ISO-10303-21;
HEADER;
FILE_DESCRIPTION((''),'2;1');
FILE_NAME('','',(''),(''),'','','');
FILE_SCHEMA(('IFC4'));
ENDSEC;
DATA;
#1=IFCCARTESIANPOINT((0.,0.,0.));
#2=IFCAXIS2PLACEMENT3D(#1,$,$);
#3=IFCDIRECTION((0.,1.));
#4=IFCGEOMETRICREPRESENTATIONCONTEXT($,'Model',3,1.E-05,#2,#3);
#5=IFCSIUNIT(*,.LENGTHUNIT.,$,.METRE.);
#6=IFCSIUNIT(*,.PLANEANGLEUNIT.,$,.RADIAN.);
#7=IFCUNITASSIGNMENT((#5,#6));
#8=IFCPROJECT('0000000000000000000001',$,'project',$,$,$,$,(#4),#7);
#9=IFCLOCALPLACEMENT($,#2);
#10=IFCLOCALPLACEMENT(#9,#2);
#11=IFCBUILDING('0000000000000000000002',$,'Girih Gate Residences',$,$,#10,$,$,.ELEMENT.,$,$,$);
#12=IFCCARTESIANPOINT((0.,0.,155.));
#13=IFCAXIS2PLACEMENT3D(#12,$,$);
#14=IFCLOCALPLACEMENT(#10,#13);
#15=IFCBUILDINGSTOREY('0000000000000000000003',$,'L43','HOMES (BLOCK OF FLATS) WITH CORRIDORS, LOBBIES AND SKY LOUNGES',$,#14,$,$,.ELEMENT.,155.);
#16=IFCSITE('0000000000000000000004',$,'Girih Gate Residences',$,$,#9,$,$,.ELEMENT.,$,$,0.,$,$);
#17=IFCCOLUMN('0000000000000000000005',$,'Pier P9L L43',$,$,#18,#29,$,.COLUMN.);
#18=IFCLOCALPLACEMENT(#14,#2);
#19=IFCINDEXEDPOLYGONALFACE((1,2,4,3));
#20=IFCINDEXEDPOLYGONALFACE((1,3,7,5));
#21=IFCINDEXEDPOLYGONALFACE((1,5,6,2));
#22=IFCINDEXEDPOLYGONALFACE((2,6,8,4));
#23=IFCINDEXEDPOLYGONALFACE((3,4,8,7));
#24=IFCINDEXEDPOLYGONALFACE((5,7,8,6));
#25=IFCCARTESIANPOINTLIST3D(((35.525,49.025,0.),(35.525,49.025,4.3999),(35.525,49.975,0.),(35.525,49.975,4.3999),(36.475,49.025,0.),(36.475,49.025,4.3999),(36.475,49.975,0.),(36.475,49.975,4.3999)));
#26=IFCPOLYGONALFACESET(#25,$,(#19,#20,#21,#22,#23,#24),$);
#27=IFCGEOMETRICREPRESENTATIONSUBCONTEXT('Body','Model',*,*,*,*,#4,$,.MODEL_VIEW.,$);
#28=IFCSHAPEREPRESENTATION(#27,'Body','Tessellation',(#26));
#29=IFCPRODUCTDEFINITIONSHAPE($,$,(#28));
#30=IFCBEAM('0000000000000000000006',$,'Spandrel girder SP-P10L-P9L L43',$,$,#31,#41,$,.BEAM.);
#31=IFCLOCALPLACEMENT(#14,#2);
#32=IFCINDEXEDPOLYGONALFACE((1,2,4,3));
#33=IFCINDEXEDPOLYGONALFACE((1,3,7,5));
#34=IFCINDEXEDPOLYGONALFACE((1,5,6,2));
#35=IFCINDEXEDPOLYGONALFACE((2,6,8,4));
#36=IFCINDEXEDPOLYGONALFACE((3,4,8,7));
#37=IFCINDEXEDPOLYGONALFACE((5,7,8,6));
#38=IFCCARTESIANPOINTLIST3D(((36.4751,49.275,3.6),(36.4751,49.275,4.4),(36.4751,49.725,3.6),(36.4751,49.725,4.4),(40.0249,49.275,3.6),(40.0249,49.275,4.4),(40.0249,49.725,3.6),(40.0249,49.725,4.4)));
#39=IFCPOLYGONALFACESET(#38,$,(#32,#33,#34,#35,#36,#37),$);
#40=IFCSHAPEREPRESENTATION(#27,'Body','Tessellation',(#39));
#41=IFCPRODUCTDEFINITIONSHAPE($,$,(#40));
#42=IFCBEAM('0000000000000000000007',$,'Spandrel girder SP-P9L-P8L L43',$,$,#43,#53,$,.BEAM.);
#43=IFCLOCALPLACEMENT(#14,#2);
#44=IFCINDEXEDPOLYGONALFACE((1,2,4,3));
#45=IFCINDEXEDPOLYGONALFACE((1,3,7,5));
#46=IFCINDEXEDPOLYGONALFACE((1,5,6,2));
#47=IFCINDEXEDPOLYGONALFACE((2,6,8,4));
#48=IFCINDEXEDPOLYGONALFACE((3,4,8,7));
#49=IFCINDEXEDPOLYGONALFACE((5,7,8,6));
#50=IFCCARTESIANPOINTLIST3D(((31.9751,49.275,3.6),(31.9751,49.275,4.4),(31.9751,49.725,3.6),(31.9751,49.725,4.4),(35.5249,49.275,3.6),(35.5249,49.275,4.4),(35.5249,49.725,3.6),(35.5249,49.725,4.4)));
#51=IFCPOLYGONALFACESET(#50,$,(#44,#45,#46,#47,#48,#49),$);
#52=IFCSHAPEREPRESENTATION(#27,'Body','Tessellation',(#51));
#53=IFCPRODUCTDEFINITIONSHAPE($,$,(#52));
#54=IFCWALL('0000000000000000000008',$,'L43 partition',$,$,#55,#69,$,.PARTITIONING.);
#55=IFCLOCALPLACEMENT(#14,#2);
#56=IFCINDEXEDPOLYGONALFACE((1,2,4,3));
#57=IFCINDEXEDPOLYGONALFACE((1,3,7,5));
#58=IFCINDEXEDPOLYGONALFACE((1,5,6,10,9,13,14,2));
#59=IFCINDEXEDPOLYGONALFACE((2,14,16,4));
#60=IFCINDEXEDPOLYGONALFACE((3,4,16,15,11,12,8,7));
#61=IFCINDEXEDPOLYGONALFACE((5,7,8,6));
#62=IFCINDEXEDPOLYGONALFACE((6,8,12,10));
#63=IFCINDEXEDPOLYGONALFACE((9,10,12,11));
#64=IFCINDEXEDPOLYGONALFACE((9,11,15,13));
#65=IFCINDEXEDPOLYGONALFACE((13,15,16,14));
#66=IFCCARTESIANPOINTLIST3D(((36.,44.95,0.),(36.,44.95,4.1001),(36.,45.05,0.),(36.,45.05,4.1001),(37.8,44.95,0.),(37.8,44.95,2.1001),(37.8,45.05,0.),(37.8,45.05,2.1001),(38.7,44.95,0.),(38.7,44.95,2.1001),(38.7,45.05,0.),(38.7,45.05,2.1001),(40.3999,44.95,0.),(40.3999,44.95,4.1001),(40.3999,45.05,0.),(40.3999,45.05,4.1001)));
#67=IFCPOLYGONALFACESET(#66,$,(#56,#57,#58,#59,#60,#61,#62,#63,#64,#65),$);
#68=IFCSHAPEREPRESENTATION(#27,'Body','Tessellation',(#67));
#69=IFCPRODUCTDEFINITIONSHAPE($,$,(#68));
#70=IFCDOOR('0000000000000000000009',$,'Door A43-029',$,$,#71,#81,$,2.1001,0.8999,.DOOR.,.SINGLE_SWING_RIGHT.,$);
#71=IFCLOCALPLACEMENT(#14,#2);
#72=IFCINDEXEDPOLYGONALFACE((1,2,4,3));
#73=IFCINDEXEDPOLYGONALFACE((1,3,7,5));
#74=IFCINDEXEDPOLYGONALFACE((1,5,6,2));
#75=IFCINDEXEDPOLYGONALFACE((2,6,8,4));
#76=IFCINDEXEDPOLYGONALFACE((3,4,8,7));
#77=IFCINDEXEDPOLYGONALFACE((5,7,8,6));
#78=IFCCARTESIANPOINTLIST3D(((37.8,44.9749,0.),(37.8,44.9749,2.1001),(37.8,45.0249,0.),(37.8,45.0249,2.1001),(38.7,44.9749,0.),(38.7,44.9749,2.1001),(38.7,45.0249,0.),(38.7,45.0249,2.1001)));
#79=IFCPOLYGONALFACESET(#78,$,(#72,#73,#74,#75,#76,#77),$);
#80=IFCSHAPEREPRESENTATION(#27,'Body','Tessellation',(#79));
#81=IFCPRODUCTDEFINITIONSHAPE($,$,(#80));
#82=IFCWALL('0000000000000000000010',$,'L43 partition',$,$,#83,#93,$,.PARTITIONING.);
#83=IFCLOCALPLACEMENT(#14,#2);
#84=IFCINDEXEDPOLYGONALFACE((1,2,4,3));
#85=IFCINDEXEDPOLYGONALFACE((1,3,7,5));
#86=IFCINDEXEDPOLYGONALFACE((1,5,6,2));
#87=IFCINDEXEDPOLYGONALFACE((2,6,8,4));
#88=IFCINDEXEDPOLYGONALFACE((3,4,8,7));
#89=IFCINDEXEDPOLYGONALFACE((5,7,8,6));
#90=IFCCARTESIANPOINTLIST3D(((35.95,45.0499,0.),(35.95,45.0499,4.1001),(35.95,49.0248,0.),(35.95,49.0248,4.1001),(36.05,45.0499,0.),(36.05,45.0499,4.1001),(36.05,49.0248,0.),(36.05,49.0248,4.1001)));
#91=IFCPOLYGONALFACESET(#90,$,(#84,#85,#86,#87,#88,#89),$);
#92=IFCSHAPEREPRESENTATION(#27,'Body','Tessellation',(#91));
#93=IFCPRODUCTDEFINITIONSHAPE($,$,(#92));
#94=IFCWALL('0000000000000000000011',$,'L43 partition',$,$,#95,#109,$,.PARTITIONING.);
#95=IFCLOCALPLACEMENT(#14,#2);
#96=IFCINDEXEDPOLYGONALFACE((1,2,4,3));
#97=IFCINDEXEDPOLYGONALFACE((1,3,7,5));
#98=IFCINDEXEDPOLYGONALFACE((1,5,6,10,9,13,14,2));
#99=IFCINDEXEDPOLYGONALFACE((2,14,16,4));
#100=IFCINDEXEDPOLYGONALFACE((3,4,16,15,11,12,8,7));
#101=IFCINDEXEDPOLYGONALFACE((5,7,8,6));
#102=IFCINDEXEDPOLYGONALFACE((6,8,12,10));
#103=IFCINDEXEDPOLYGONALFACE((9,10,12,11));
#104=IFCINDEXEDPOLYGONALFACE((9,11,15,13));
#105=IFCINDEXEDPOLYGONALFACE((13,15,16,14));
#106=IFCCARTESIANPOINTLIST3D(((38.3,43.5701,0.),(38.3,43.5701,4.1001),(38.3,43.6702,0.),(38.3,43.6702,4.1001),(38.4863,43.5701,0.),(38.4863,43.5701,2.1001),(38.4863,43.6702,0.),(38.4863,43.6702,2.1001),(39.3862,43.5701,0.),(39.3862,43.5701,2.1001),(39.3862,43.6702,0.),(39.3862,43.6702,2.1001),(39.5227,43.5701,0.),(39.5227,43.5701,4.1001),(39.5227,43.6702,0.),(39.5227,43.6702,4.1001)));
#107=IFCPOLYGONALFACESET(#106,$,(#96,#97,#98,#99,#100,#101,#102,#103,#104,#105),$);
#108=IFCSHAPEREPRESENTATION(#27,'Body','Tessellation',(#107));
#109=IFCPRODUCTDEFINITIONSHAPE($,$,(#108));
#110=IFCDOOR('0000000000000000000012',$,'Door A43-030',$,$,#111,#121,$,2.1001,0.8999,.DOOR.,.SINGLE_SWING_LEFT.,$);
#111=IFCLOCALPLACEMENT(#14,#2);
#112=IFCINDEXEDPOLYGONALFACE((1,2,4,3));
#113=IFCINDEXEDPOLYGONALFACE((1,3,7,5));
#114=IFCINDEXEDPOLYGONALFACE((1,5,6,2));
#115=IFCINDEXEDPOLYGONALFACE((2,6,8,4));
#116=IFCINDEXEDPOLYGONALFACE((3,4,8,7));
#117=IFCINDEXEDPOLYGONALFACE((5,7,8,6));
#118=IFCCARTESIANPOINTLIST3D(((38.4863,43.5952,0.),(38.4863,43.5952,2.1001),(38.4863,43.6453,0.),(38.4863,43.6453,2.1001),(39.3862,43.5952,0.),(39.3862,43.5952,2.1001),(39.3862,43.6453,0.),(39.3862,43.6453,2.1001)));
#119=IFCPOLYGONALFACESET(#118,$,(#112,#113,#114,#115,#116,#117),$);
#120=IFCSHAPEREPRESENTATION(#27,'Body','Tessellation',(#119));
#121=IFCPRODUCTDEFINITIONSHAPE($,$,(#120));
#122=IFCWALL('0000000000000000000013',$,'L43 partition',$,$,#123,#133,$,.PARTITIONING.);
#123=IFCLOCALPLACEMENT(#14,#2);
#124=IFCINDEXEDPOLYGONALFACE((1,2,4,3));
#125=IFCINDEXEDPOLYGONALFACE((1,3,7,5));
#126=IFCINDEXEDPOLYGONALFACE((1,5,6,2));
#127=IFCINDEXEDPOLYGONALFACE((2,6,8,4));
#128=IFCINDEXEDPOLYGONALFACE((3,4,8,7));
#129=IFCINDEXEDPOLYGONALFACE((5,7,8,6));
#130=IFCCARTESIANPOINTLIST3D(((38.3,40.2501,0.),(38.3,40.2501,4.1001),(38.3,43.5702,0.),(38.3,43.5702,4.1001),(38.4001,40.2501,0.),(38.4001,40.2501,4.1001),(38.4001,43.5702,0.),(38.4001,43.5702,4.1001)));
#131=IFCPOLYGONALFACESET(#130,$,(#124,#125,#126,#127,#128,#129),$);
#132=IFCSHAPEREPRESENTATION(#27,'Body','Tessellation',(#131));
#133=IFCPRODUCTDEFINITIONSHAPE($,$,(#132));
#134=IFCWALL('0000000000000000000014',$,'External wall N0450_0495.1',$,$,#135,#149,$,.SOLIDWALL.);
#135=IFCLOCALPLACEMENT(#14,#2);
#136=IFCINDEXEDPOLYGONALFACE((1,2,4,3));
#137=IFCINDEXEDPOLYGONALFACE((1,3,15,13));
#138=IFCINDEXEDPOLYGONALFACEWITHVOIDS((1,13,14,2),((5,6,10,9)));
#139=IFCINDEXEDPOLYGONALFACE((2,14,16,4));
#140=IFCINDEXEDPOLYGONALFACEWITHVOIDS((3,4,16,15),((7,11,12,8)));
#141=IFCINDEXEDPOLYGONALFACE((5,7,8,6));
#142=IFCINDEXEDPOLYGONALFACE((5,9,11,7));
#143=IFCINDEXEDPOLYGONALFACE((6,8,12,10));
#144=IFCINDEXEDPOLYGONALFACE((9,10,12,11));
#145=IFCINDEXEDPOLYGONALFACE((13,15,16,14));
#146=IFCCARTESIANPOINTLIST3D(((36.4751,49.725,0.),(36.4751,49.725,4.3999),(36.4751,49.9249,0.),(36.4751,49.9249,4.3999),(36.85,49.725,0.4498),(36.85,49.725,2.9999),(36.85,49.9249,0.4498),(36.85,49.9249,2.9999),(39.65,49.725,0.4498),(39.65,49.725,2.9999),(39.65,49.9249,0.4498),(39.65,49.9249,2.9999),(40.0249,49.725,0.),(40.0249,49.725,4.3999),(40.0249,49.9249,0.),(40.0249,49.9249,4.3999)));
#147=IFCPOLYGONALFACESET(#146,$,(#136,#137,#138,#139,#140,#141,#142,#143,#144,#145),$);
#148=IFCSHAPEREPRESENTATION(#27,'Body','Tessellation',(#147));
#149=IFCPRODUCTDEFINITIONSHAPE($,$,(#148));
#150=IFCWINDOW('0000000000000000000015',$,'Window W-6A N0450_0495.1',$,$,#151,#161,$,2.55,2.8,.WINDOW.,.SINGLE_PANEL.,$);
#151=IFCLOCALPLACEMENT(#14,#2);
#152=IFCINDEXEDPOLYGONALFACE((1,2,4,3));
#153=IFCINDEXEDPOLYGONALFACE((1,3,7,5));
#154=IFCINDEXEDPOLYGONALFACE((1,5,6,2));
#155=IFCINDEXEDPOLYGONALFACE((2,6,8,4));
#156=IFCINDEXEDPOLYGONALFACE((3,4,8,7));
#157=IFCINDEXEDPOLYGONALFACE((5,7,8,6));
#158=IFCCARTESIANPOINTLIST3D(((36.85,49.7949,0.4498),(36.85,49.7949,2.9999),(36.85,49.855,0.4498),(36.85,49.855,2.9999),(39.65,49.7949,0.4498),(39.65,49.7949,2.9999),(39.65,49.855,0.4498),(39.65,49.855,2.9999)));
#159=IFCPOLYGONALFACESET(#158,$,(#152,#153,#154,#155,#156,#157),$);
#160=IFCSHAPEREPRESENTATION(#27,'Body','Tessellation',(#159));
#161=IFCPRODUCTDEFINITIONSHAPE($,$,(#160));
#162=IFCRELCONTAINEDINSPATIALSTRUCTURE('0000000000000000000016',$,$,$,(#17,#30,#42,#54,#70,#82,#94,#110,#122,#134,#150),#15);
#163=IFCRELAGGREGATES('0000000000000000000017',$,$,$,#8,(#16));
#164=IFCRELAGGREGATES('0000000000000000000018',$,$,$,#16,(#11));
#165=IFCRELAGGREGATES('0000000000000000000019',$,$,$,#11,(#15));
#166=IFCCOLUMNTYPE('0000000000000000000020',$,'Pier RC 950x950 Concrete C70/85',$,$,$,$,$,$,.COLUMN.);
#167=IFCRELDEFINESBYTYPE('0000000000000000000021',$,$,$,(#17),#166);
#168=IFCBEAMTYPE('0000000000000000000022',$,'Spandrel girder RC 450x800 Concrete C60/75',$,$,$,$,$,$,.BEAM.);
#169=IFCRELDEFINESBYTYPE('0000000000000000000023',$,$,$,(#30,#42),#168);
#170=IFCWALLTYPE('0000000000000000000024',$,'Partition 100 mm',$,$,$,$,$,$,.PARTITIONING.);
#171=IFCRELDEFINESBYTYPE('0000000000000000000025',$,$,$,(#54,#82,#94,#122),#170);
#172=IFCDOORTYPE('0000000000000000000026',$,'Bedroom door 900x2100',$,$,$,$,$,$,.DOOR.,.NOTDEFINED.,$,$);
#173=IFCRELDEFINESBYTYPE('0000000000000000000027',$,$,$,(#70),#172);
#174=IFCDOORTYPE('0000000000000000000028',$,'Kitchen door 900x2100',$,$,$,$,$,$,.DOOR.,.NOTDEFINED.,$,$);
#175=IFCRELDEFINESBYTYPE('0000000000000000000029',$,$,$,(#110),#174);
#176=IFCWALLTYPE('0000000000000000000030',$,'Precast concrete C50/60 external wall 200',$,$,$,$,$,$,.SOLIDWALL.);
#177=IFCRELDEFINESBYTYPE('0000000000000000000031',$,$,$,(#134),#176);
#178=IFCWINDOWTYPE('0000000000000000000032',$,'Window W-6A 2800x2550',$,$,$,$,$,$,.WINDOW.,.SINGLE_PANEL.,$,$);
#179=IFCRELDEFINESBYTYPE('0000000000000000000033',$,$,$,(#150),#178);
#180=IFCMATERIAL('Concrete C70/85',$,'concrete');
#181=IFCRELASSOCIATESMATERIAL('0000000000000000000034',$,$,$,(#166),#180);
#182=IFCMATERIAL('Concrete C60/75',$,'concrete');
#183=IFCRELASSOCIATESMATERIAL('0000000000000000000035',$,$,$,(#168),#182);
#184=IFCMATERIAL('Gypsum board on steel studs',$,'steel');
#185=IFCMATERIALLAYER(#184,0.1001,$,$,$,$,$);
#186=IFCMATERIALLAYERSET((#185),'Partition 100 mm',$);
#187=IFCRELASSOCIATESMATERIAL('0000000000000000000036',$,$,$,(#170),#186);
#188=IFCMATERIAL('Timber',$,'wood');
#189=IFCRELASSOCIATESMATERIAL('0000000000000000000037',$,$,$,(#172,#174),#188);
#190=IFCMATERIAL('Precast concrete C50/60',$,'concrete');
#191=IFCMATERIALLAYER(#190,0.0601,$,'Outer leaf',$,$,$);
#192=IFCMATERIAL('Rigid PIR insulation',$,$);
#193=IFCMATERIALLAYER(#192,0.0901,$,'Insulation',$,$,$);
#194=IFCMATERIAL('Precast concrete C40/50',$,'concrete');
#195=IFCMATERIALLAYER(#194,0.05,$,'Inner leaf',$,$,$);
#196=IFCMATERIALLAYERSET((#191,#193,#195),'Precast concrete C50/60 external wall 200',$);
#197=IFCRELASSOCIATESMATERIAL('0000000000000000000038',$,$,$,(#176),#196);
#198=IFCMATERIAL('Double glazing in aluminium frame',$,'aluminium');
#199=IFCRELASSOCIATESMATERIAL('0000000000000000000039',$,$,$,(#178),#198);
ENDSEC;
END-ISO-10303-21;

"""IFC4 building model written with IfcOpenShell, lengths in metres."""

from ifc_helpers import new_model, si_unit, direction, frame, frame_2d, origin, origin_2d, place, context, subcontext, project, spatial, rectangle, extrude, material, layer, layer_set, material_profile, profile_set, type_object, element, fill, save


model = new_model("IFC4")

# Units and contexts
model_context = context("Model", 3, precision=1e-05, world=origin(), true_north=direction((0.0, 1.0)))
body_context = subcontext(model_context, "Body", "Model", "MODEL_VIEW")
ifc_project = project(units=[si_unit("LENGTHUNIT", "METRE"), si_unit("PLANEANGLEUNIT", "RADIAN")], contexts=[model_context])

# Site, building, storey
site_placement = place(None, origin())
site = spatial("IfcSite", under=ifc_project, at=site_placement, Name="Girih Gate Residences", CompositionType="ELEMENT", RefElevation=0.0)
building_placement = place(site_placement, origin())
building = spatial("IfcBuilding", under=site, at=building_placement, Name="Girih Gate Residences", CompositionType="ELEMENT")
storey_placement = place(building_placement, frame((0.0, 0.0, 155.0)))
storey = spatial("IfcBuildingStorey", under=building, at=storey_placement, Name="L43", Description="HOMES (BLOCK OF FLATS) WITH CORRIDORS, LOBBIES AND SKY LOUNGES", CompositionType="ELEMENT", Elevation=155.0)

# Column
ifc_material_1 = material(Name="Concrete C70/85", Category="concrete")
ifc_material_profile_1 = material_profile(ifc_material_1, rectangle(XDim=0.95, YDim=0.95, at=origin_2d()))
ifc_profile_set_1 = profile_set([ifc_material_profile_1], Name="Concrete C70/85")
column_type = type_object("IfcColumnType", Name="Pier RC 950x950 Concrete C70/85", PredefinedType="COLUMN", material=ifc_profile_set_1)
column_placement = place(storey_placement, frame((36.0, 49.5, 0.0), z_axis=(0.0, 0.0, 1.0), x_axis=(1.0, 0.0, 0.0)))
element("IfcColumn", 1, at=column_placement, inside=storey, type_object=column_type, Name="Pier P9L L43", PredefinedType="COLUMN", context=body_context, shape_type="SweptSolid", body=[
    extrude(rectangle(XDim=0.95, YDim=0.95, at=origin_2d()), origin(), (0.0, 0.0, 1.0), 4.3999),
])

# Beams
ifc_material_2 = material(Name="Concrete C60/75", Category="concrete")
ifc_material_profile_2 = material_profile(ifc_material_2, rectangle(XDim=0.45, YDim=0.8, at=origin_2d()))
ifc_profile_set_2 = profile_set([ifc_material_profile_2], Name="Concrete C60/75")
beam_type = type_object("IfcBeamType", Name="Spandrel girder RC 450x800 Concrete C60/75", PredefinedType="BEAM", material=ifc_profile_set_2)
for number, where, z_axis, x_axis, name in (
    (2, (40.0249, 49.5, 4.0), (-1.0, 0.0, 0.0), (0.0, -1.0, 0.0), "Spandrel girder SP-P10L-P9L L43"),
    (3, (35.5249, 49.5, 4.0), (-1.0, 0.0, 0.0), (0.0, -1.0, 0.0), "Spandrel girder SP-P9L-P8L L43"),
):
    element("IfcBeam", number, at=place(storey_placement, frame(where, z_axis=z_axis, x_axis=x_axis)), inside=storey, type_object=beam_type, Name=name, PredefinedType="BEAM", context=body_context, shape_type="SweptSolid", body=[
        extrude(rectangle(XDim=0.45, YDim=0.8, at=origin_2d()), origin(), (0.0, 0.0, 1.0), 3.5498),
    ])

# Wall, opening, door
ifc_material_3 = material(Name="Gypsum board on steel studs", Category="steel")
ifc_layer_1 = layer(ifc_material_3, 0.1001)
ifc_layer_set_1 = layer_set([ifc_layer_1], Name="Partition 100 mm")
wall_type_1 = type_object("IfcWallType", Name="Partition 100 mm", PredefinedType="PARTITIONING", material=ifc_layer_set_1)
wall_1_placement = place(storey_placement, frame((36.0, 45.0, 0.0), z_axis=(0.0, 0.0, 1.0), x_axis=(1.0, 0.0, 0.0)))
wall_1 = element("IfcWall", 4, at=wall_1_placement, inside=storey, type_object=wall_type_1, Name="L43 partition", PredefinedType="PARTITIONING", context=body_context, shape_type="SweptSolid", body=[
    extrude(rectangle(XDim=4.3999, YDim=0.1001, at=frame_2d((2.2, 0.0))), origin(), (0.0, 0.0, 1.0), 4.1001),
])
opening_1_placement = place(wall_1_placement, frame((1.8, 0.0, 0.0)))
opening_1 = element("IfcOpeningElement", 5, at=opening_1_placement, cuts=wall_1, PredefinedType="OPENING", context=body_context, shape_type="SweptSolid", body=[
    extrude(rectangle(XDim=0.8999, YDim=2.1001, at=frame_2d((0.45, 1.05))), frame((0.0, 0.0601, 0.0), z_axis=(0.0, -1.0, 0.0), x_axis=(1.0, 0.0, 0.0)), (0.0, 0.0, 1.0), 0.1201),
])
ifc_material_4 = material(Name="Timber", Category="wood")
door_type_1 = type_object("IfcDoorType", Name="Bedroom door 900x2100", OperationType="NOTDEFINED", PredefinedType="DOOR", material=ifc_material_4)
door_1_placement = place(opening_1_placement, origin())
door_1 = element("IfcDoor", 6, at=door_1_placement, inside=storey, type_object=door_type_1, Name="Door A43-029", OperationType="SINGLE_SWING_RIGHT", OverallHeight=2.1001, OverallWidth=0.8999, PredefinedType="DOOR", context=body_context, shape_type="SweptSolid", body=[
    extrude(rectangle(XDim=0.8999, YDim=2.1001, at=frame_2d((0.45, 1.05))), frame((0.0, 0.0249, 0.0), z_axis=(0.0, -1.0, 0.0), x_axis=(1.0, 0.0, 0.0)), (0.0, 0.0, 1.0), 0.05),
])
fill(opening_1, door_1)

# Wall
wall_2_placement = place(storey_placement, frame((36.0, 45.05, 0.0), z_axis=(0.0, 0.0, 1.0), x_axis=(0.0, 1.0, 0.0)))
element("IfcWall", 7, at=wall_2_placement, inside=storey, type_object=wall_type_1, Name="L43 partition", PredefinedType="PARTITIONING", context=body_context, shape_type="SweptSolid", body=[
    extrude(rectangle(XDim=3.9749, YDim=0.1001, at=frame_2d((1.9873, 0.0))), origin(), (0.0, 0.0, 1.0), 4.1001),
])

# Wall, opening, door
wall_3_placement = place(storey_placement, frame((39.5227, 43.6201, 0.0), z_axis=(0.0, 0.0, 1.0), x_axis=(-1.0, 0.0, 0.0)))
wall_3 = element("IfcWall", 8, at=wall_3_placement, inside=storey, type_object=wall_type_1, Name="L43 partition", PredefinedType="PARTITIONING", context=body_context, shape_type="SweptSolid", body=[
    extrude(rectangle(XDim=1.2227, YDim=0.1001, at=frame_2d((0.6113, 0.0))), origin(), (0.0, 0.0, 1.0), 4.1001),
])
opening_2_placement = place(wall_3_placement, frame((0.1365, 0.0, 0.0)))
opening_2 = element("IfcOpeningElement", 9, at=opening_2_placement, cuts=wall_3, PredefinedType="OPENING", context=body_context, shape_type="SweptSolid", body=[
    extrude(rectangle(XDim=0.8999, YDim=2.1001, at=frame_2d((0.45, 1.05))), frame((0.0, 0.0601, 0.0), z_axis=(0.0, -1.0, 0.0), x_axis=(1.0, 0.0, 0.0)), (0.0, 0.0, 1.0), 0.1201),
])
door_type_2 = type_object("IfcDoorType", Name="Kitchen door 900x2100", OperationType="NOTDEFINED", PredefinedType="DOOR", material=ifc_material_4)
door_2_placement = place(opening_2_placement, origin())
door_2 = element("IfcDoor", 10, at=door_2_placement, inside=storey, type_object=door_type_2, Name="Door A43-030", OperationType="SINGLE_SWING_LEFT", OverallHeight=2.1001, OverallWidth=0.8999, PredefinedType="DOOR", context=body_context, shape_type="SweptSolid", body=[
    extrude(rectangle(XDim=0.8999, YDim=2.1001, at=frame_2d((0.45, 1.05))), frame((0.0, 0.0249, 0.0), z_axis=(0.0, -1.0, 0.0), x_axis=(1.0, 0.0, 0.0)), (0.0, 0.0, 1.0), 0.05),
])
fill(opening_2, door_2)

# Wall
wall_4_placement = place(storey_placement, frame((38.3501, 40.25, 0.0), z_axis=(0.0, 0.0, 1.0), x_axis=(0.0, 1.0, 0.0)))
element("IfcWall", 11, at=wall_4_placement, inside=storey, type_object=wall_type_1, Name="L43 partition", PredefinedType="PARTITIONING", context=body_context, shape_type="SweptSolid", body=[
    extrude(rectangle(XDim=3.3201, YDim=0.1001, at=frame_2d((1.6602, 0.0))), origin(), (0.0, 0.0, 1.0), 4.1001),
])

# Wall, opening, window
ifc_material_5 = material(Name="Precast concrete C50/60", Category="concrete")
ifc_layer_2 = layer(ifc_material_5, 0.0601, Name="Outer leaf")
ifc_material_6 = material(Name="Rigid PIR insulation")
ifc_layer_3 = layer(ifc_material_6, 0.0901, Name="Insulation")
ifc_material_7 = material(Name="Precast concrete C40/50", Category="concrete")
ifc_layer_4 = layer(ifc_material_7, 0.05, Name="Inner leaf")
ifc_layer_set_2 = layer_set([ifc_layer_2, ifc_layer_3, ifc_layer_4], Name="Precast concrete C50/60 external wall 200")
wall_type_2 = type_object("IfcWallType", Name="Precast concrete C50/60 external wall 200", PredefinedType="SOLIDWALL", material=ifc_layer_set_2)
wall_5_placement = place(storey_placement, frame((36.4751, 49.825, 0.0), z_axis=(0.0, 0.0, 1.0), x_axis=(1.0, 0.0, 0.0)))
wall_5 = element("IfcWall", 12, at=wall_5_placement, inside=storey, type_object=wall_type_2, Name="External wall N0450_0495.1", PredefinedType="SOLIDWALL", context=body_context, shape_type="SweptSolid", body=[
    extrude(rectangle(XDim=3.5498, YDim=0.2, at=frame_2d((1.7749, 0.0))), origin(), (0.0, 0.0, 1.0), 4.3999),
])
opening_3_placement = place(wall_5_placement, frame((0.375, 0.0, 0.45)))
opening_3 = element("IfcOpeningElement", 13, at=opening_3_placement, cuts=wall_5, PredefinedType="OPENING", context=body_context, shape_type="SweptSolid", body=[
    extrude(rectangle(XDim=2.8, YDim=2.55, at=frame_2d((1.3999, 1.2749))), frame((0.0, 0.1099, 0.0), z_axis=(0.0, -1.0, 0.0), x_axis=(1.0, 0.0, 0.0)), (0.0, 0.0, 1.0), 0.22),
])
ifc_material_8 = material(Name="Double glazing in aluminium frame", Category="aluminium")
window_type = type_object("IfcWindowType", Name="Window W-6A 2800x2550", PartitioningType="SINGLE_PANEL", PredefinedType="WINDOW", material=ifc_material_8)
window_1_placement = place(opening_3_placement, origin())
window_1 = element("IfcWindow", 14, at=window_1_placement, inside=storey, type_object=window_type, Name="Window W-6A N0450_0495.1", OverallHeight=2.55, OverallWidth=2.8, PartitioningType="SINGLE_PANEL", PredefinedType="WINDOW", context=body_context, shape_type="SweptSolid", body=[
    extrude(rectangle(XDim=2.8, YDim=2.55, at=frame_2d((1.3999, 1.2749))), frame((0.0, 0.03, 0.0), z_axis=(0.0, -1.0, 0.0), x_axis=(1.0, 0.0, 0.0)), (0.0, 0.0, 1.0), 0.0601),
])
fill(opening_3, window_1)

save(model, "model.ifc")
